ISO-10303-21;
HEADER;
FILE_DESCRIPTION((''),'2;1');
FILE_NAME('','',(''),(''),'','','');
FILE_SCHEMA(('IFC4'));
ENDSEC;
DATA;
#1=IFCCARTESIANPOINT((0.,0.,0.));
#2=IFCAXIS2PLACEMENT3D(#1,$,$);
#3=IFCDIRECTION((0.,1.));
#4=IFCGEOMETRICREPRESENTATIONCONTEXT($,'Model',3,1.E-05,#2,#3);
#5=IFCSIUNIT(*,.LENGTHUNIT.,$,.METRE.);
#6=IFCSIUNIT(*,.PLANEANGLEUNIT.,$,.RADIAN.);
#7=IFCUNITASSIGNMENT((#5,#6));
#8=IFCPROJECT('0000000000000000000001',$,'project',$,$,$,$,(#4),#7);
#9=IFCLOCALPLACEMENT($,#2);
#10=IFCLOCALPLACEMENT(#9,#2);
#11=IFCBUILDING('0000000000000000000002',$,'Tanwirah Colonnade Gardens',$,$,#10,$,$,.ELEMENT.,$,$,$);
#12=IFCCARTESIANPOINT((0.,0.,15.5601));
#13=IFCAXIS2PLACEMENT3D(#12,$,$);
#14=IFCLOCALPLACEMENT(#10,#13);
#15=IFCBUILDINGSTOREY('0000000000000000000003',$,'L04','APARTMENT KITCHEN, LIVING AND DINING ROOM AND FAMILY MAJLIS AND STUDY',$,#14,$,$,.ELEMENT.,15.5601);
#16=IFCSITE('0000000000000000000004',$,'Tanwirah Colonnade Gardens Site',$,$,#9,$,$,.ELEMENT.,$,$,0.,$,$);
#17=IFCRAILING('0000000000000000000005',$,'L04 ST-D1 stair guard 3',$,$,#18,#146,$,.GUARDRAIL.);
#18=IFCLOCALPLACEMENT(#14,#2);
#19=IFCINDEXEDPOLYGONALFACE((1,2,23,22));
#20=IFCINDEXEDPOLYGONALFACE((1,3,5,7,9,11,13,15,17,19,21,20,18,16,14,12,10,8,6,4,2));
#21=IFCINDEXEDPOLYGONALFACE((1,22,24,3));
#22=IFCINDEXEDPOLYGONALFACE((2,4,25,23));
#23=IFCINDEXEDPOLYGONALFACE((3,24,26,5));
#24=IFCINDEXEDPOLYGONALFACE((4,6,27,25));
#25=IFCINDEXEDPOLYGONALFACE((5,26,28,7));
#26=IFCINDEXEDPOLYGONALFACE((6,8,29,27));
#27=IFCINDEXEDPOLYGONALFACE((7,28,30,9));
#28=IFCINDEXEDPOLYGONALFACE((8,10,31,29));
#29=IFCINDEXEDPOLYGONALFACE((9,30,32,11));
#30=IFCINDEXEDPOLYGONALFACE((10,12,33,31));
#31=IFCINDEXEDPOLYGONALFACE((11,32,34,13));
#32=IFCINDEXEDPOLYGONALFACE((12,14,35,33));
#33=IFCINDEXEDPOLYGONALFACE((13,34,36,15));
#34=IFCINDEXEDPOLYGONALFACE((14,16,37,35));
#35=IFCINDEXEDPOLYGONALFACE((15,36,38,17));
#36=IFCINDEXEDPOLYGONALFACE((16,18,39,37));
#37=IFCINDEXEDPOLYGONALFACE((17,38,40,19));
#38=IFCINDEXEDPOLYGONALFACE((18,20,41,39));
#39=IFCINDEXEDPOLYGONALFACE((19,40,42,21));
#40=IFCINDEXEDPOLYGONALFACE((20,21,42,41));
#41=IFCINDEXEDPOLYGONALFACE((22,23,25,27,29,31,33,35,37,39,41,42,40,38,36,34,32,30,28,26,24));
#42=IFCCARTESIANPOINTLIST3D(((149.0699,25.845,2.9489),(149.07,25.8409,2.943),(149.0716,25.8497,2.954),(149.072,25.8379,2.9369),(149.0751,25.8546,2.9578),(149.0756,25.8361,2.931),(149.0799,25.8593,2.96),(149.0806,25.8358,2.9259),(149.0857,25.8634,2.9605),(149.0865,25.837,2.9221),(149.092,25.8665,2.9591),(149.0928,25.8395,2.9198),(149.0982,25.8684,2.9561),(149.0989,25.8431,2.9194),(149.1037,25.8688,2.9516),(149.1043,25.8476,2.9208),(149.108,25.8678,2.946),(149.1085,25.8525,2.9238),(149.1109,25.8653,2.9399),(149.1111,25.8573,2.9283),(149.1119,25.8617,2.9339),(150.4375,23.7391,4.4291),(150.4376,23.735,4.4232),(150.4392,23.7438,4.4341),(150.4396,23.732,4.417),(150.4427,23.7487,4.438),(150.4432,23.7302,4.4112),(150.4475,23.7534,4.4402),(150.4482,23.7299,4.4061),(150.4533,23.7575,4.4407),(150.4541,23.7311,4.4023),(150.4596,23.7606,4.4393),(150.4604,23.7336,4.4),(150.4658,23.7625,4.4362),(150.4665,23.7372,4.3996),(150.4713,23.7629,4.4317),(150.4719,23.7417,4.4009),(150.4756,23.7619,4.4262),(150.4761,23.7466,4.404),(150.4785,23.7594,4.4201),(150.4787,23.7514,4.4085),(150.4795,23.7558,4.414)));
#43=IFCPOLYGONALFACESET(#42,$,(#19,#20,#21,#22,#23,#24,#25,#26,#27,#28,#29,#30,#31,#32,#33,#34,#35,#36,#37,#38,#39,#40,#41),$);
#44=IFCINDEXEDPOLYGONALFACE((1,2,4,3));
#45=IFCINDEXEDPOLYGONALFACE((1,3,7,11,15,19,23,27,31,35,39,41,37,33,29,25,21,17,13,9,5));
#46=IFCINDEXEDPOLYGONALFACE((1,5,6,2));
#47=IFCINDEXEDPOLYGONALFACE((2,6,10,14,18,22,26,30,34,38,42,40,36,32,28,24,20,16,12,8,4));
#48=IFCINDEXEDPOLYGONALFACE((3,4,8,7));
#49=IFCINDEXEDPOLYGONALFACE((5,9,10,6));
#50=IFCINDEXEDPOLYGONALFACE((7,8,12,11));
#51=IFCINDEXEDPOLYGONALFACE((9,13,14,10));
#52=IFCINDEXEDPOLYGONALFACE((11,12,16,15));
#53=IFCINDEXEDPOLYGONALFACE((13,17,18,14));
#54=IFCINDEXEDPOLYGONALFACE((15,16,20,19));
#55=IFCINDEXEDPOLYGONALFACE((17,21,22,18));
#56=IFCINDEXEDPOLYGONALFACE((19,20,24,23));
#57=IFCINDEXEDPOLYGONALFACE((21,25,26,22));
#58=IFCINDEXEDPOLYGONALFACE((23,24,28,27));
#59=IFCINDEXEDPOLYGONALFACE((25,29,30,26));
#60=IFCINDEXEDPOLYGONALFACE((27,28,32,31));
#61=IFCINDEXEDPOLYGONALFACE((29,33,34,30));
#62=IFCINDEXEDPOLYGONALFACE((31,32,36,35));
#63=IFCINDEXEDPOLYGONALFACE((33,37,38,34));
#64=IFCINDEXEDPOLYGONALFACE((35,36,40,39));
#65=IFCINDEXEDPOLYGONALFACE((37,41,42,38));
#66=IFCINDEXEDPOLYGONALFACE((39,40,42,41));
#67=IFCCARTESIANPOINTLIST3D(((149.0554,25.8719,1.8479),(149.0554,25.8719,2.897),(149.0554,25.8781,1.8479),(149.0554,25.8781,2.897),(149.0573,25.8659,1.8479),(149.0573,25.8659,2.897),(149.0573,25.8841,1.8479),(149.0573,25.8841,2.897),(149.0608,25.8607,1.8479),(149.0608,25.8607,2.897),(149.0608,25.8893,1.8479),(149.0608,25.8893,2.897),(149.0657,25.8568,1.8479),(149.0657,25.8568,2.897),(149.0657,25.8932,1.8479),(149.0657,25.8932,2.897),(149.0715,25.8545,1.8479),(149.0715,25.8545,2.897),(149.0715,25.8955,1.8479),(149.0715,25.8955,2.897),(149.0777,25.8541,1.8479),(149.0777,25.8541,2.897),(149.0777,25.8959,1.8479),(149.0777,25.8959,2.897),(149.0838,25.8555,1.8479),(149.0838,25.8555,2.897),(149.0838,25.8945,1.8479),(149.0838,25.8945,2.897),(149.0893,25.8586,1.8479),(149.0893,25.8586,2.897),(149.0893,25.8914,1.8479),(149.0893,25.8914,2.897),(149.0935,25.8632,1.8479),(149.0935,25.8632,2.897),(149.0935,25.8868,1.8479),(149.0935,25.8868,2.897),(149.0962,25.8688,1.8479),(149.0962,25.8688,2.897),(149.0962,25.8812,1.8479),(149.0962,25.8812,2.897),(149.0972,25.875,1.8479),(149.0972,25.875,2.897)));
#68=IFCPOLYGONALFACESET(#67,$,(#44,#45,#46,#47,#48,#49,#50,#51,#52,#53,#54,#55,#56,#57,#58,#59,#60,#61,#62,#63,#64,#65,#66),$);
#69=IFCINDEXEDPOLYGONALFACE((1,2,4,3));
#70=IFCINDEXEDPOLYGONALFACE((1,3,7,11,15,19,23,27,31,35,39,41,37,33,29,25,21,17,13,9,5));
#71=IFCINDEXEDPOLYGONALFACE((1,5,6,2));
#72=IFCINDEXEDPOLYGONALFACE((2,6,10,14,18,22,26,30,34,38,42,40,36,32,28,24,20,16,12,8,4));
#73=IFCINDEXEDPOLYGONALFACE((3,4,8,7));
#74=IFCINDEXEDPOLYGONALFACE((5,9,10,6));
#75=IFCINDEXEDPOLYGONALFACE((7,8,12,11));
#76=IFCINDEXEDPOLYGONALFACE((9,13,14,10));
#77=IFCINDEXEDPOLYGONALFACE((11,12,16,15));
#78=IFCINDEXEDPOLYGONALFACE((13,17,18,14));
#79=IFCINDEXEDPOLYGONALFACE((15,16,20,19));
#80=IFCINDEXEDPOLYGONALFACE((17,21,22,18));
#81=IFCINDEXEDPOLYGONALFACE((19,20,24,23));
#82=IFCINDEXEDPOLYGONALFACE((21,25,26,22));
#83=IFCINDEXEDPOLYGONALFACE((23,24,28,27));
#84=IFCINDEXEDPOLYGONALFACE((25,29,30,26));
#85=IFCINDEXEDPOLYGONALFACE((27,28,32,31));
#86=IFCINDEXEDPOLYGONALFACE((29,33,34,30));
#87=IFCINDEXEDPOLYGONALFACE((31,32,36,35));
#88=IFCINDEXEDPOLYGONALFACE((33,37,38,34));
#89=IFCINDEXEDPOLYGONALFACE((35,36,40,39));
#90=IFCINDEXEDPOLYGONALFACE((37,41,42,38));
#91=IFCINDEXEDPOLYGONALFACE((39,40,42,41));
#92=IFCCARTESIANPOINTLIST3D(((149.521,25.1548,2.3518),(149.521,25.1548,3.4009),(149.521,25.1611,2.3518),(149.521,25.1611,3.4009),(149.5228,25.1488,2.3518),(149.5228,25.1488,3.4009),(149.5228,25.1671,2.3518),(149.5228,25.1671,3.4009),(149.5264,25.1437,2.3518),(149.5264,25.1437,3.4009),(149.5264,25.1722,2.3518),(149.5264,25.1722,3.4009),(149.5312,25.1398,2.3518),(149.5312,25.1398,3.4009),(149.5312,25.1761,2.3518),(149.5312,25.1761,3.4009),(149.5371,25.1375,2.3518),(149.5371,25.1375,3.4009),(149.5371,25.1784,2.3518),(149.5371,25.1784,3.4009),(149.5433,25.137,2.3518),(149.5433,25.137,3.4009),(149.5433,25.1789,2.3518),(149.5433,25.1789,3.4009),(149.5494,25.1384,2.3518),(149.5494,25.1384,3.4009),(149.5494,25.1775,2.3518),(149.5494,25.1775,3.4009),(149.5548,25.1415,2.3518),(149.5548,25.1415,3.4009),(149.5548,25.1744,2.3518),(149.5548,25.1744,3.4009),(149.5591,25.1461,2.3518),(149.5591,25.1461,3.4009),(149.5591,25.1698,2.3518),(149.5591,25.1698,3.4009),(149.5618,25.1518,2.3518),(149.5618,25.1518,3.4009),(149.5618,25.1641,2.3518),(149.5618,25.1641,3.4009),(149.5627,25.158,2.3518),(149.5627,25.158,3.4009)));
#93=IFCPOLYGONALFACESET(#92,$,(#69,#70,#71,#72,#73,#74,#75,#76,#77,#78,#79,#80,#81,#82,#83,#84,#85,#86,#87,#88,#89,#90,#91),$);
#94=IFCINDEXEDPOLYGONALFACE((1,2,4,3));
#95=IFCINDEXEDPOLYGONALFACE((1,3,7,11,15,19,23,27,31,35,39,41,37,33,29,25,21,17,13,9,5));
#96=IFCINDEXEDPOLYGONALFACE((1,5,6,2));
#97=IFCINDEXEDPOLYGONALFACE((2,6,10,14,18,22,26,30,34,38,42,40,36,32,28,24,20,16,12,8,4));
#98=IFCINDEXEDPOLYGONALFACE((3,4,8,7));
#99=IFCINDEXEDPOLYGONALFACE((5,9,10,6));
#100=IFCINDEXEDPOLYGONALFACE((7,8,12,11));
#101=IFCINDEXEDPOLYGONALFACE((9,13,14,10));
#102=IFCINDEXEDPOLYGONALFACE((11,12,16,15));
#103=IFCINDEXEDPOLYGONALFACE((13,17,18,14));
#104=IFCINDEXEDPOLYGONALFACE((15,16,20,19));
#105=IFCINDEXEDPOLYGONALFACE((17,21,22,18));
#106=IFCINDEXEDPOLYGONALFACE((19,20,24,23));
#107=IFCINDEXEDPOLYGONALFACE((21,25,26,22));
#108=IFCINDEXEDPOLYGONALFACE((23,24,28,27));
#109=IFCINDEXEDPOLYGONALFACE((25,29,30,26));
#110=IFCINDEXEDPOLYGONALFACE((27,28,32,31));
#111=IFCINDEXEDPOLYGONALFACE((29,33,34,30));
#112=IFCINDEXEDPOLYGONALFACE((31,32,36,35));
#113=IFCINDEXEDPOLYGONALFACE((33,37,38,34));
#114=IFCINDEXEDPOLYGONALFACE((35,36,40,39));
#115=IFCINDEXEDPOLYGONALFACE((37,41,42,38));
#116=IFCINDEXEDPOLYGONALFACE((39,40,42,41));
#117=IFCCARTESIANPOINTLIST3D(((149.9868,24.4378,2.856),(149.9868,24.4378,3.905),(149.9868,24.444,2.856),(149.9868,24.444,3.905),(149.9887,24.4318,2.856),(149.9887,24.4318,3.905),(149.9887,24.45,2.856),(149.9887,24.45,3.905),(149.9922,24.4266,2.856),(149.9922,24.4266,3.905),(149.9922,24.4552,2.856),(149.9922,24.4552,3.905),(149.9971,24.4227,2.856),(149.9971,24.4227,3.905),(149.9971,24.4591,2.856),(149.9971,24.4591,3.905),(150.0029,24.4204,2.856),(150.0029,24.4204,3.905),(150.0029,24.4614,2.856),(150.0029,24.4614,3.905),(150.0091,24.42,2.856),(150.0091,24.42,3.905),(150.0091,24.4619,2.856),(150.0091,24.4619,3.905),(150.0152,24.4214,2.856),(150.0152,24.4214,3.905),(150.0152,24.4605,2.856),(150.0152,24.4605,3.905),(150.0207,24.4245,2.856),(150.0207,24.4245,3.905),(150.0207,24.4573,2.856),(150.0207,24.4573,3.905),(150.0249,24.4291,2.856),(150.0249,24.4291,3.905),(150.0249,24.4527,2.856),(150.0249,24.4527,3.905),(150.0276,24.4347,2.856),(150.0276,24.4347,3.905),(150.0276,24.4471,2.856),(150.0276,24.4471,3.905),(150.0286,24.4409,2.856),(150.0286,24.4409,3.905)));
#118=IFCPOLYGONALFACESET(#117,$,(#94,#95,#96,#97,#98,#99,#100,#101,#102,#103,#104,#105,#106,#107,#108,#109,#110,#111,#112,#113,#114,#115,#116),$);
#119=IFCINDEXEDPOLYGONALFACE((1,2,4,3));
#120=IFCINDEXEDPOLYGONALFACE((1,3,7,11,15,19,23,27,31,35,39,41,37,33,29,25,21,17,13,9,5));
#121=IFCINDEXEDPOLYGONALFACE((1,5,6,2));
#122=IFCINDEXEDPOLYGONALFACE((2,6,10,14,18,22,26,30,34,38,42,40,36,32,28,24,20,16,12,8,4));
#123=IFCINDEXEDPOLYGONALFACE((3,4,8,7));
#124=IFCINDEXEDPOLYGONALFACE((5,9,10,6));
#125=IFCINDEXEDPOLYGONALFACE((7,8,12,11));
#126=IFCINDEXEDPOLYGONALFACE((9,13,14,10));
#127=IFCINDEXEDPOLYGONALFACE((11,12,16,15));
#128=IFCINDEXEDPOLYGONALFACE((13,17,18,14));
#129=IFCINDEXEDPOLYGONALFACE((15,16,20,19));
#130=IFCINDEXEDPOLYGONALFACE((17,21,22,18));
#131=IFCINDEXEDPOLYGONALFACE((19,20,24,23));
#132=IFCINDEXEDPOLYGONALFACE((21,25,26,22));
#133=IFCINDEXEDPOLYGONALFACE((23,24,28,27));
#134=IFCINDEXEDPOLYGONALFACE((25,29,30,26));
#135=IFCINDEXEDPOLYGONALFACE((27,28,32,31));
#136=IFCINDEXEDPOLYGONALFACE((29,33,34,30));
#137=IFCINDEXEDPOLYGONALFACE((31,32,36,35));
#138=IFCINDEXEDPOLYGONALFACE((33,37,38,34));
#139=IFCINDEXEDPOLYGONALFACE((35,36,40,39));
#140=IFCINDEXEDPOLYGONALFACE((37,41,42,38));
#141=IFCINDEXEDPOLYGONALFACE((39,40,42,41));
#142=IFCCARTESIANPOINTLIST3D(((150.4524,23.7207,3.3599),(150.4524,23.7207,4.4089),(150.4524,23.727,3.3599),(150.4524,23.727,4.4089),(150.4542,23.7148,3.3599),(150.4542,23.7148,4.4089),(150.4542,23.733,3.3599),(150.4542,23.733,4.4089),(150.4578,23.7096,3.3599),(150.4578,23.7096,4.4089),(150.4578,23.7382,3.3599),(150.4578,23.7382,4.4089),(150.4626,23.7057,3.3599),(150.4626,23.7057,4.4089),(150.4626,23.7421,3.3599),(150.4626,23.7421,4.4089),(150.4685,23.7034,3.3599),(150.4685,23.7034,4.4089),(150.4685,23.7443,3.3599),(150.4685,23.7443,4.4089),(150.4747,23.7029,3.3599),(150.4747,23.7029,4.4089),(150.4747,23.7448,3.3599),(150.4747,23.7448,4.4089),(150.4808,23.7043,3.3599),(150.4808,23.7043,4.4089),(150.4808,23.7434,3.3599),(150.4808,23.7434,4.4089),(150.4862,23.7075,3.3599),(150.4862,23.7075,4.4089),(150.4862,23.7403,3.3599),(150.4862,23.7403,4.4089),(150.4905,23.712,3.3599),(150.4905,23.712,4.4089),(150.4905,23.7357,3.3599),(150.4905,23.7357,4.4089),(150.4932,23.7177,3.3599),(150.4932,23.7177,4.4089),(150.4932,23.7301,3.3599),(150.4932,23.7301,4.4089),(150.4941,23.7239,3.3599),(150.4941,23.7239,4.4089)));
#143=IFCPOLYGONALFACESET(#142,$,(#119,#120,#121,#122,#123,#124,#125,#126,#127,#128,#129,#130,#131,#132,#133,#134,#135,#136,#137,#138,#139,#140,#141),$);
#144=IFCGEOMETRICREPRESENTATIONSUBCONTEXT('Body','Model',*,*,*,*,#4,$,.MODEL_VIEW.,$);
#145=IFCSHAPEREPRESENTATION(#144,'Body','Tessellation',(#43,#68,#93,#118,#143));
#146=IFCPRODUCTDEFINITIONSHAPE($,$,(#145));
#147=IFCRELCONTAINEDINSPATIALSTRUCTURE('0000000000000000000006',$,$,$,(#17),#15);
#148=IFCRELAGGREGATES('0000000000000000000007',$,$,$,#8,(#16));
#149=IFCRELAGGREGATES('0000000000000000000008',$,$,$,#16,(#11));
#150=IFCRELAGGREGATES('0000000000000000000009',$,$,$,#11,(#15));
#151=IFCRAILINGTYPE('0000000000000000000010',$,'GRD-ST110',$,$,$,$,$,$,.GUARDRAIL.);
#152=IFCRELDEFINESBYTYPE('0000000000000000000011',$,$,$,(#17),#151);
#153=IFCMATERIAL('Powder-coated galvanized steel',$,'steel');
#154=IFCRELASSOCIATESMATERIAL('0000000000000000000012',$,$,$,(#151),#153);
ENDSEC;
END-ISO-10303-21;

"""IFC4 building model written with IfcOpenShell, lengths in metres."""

from ifc_helpers import new_model, si_unit, direction, frame, origin, origin_2d, place, context, subcontext, project, spatial, circle, extrude, material, type_object, element, save


model = new_model("IFC4")

# Units and contexts
model_context = context("Model", 3, precision=1e-05, world=origin(), true_north=direction((0.0, 1.0)))
body_context = subcontext(model_context, "Body", "Model", "MODEL_VIEW")
ifc_project = project(units=[si_unit("LENGTHUNIT", "METRE"), si_unit("PLANEANGLEUNIT", "RADIAN")], contexts=[model_context])

# Site, building, storey
site_placement = place(None, origin())
site = spatial("IfcSite", under=ifc_project, at=site_placement, Name="Tanwirah Colonnade Gardens Site", CompositionType="ELEMENT", RefElevation=0.0)
building_placement = place(site_placement, origin())
building = spatial("IfcBuilding", under=site, at=building_placement, Name="Tanwirah Colonnade Gardens", CompositionType="ELEMENT")
storey_placement = place(building_placement, frame((0.0, 0.0, 15.5601)))
storey = spatial("IfcBuildingStorey", under=building, at=storey_placement, Name="L04", Description="APARTMENT KITCHEN, LIVING AND DINING ROOM AND FAMILY MAJLIS AND STUDY", CompositionType="ELEMENT", Elevation=15.5601)

# Railing
ifc_material_1 = material(Name="Powder-coated galvanized steel", Category="steel")
railing_type_1 = type_object("IfcRailingType", Name="GRD-ST110", PredefinedType="GUARDRAIL", material=ifc_material_1)
railing_1_placement = place(storey_placement, frame((149.0762, 25.875, 1.8479)))
element("IfcRailing", 1, at=railing_1_placement, inside=storey, type_object=railing_type_1, Name="L04 ST-D1 stair guard 3", PredefinedType="GUARDRAIL", context=body_context, shape_type="SweptSolid", body=[
    extrude(circle(Radius=0.0239, at=origin_2d()), frame((0.0146, -0.0227, 1.092), z_axis=(0.469193, -0.722484, 0.507814), x_axis=(0.838668, 0.544644, 0.0)), (0.0, 0.0, 1.0), 2.9148),
    extrude(circle(Radius=0.021, at=origin_2d()), origin(), (0.0, 0.0, 1.0), 1.0491),
    extrude(circle(Radius=0.021, at=origin_2d()), frame((0.4656, -0.717, 0.5039)), (0.0, 0.0, 1.0), 1.0491),
    extrude(circle(Radius=0.021, at=origin_2d()), frame((0.9314, -1.4341, 1.0081)), (0.0, 0.0, 1.0), 1.0491),
    extrude(circle(Radius=0.021, at=origin_2d()), frame((1.397, -2.1511, 1.512)), (0.0, 0.0, 1.0), 1.0491),
])

save(model, "model.ifc")
